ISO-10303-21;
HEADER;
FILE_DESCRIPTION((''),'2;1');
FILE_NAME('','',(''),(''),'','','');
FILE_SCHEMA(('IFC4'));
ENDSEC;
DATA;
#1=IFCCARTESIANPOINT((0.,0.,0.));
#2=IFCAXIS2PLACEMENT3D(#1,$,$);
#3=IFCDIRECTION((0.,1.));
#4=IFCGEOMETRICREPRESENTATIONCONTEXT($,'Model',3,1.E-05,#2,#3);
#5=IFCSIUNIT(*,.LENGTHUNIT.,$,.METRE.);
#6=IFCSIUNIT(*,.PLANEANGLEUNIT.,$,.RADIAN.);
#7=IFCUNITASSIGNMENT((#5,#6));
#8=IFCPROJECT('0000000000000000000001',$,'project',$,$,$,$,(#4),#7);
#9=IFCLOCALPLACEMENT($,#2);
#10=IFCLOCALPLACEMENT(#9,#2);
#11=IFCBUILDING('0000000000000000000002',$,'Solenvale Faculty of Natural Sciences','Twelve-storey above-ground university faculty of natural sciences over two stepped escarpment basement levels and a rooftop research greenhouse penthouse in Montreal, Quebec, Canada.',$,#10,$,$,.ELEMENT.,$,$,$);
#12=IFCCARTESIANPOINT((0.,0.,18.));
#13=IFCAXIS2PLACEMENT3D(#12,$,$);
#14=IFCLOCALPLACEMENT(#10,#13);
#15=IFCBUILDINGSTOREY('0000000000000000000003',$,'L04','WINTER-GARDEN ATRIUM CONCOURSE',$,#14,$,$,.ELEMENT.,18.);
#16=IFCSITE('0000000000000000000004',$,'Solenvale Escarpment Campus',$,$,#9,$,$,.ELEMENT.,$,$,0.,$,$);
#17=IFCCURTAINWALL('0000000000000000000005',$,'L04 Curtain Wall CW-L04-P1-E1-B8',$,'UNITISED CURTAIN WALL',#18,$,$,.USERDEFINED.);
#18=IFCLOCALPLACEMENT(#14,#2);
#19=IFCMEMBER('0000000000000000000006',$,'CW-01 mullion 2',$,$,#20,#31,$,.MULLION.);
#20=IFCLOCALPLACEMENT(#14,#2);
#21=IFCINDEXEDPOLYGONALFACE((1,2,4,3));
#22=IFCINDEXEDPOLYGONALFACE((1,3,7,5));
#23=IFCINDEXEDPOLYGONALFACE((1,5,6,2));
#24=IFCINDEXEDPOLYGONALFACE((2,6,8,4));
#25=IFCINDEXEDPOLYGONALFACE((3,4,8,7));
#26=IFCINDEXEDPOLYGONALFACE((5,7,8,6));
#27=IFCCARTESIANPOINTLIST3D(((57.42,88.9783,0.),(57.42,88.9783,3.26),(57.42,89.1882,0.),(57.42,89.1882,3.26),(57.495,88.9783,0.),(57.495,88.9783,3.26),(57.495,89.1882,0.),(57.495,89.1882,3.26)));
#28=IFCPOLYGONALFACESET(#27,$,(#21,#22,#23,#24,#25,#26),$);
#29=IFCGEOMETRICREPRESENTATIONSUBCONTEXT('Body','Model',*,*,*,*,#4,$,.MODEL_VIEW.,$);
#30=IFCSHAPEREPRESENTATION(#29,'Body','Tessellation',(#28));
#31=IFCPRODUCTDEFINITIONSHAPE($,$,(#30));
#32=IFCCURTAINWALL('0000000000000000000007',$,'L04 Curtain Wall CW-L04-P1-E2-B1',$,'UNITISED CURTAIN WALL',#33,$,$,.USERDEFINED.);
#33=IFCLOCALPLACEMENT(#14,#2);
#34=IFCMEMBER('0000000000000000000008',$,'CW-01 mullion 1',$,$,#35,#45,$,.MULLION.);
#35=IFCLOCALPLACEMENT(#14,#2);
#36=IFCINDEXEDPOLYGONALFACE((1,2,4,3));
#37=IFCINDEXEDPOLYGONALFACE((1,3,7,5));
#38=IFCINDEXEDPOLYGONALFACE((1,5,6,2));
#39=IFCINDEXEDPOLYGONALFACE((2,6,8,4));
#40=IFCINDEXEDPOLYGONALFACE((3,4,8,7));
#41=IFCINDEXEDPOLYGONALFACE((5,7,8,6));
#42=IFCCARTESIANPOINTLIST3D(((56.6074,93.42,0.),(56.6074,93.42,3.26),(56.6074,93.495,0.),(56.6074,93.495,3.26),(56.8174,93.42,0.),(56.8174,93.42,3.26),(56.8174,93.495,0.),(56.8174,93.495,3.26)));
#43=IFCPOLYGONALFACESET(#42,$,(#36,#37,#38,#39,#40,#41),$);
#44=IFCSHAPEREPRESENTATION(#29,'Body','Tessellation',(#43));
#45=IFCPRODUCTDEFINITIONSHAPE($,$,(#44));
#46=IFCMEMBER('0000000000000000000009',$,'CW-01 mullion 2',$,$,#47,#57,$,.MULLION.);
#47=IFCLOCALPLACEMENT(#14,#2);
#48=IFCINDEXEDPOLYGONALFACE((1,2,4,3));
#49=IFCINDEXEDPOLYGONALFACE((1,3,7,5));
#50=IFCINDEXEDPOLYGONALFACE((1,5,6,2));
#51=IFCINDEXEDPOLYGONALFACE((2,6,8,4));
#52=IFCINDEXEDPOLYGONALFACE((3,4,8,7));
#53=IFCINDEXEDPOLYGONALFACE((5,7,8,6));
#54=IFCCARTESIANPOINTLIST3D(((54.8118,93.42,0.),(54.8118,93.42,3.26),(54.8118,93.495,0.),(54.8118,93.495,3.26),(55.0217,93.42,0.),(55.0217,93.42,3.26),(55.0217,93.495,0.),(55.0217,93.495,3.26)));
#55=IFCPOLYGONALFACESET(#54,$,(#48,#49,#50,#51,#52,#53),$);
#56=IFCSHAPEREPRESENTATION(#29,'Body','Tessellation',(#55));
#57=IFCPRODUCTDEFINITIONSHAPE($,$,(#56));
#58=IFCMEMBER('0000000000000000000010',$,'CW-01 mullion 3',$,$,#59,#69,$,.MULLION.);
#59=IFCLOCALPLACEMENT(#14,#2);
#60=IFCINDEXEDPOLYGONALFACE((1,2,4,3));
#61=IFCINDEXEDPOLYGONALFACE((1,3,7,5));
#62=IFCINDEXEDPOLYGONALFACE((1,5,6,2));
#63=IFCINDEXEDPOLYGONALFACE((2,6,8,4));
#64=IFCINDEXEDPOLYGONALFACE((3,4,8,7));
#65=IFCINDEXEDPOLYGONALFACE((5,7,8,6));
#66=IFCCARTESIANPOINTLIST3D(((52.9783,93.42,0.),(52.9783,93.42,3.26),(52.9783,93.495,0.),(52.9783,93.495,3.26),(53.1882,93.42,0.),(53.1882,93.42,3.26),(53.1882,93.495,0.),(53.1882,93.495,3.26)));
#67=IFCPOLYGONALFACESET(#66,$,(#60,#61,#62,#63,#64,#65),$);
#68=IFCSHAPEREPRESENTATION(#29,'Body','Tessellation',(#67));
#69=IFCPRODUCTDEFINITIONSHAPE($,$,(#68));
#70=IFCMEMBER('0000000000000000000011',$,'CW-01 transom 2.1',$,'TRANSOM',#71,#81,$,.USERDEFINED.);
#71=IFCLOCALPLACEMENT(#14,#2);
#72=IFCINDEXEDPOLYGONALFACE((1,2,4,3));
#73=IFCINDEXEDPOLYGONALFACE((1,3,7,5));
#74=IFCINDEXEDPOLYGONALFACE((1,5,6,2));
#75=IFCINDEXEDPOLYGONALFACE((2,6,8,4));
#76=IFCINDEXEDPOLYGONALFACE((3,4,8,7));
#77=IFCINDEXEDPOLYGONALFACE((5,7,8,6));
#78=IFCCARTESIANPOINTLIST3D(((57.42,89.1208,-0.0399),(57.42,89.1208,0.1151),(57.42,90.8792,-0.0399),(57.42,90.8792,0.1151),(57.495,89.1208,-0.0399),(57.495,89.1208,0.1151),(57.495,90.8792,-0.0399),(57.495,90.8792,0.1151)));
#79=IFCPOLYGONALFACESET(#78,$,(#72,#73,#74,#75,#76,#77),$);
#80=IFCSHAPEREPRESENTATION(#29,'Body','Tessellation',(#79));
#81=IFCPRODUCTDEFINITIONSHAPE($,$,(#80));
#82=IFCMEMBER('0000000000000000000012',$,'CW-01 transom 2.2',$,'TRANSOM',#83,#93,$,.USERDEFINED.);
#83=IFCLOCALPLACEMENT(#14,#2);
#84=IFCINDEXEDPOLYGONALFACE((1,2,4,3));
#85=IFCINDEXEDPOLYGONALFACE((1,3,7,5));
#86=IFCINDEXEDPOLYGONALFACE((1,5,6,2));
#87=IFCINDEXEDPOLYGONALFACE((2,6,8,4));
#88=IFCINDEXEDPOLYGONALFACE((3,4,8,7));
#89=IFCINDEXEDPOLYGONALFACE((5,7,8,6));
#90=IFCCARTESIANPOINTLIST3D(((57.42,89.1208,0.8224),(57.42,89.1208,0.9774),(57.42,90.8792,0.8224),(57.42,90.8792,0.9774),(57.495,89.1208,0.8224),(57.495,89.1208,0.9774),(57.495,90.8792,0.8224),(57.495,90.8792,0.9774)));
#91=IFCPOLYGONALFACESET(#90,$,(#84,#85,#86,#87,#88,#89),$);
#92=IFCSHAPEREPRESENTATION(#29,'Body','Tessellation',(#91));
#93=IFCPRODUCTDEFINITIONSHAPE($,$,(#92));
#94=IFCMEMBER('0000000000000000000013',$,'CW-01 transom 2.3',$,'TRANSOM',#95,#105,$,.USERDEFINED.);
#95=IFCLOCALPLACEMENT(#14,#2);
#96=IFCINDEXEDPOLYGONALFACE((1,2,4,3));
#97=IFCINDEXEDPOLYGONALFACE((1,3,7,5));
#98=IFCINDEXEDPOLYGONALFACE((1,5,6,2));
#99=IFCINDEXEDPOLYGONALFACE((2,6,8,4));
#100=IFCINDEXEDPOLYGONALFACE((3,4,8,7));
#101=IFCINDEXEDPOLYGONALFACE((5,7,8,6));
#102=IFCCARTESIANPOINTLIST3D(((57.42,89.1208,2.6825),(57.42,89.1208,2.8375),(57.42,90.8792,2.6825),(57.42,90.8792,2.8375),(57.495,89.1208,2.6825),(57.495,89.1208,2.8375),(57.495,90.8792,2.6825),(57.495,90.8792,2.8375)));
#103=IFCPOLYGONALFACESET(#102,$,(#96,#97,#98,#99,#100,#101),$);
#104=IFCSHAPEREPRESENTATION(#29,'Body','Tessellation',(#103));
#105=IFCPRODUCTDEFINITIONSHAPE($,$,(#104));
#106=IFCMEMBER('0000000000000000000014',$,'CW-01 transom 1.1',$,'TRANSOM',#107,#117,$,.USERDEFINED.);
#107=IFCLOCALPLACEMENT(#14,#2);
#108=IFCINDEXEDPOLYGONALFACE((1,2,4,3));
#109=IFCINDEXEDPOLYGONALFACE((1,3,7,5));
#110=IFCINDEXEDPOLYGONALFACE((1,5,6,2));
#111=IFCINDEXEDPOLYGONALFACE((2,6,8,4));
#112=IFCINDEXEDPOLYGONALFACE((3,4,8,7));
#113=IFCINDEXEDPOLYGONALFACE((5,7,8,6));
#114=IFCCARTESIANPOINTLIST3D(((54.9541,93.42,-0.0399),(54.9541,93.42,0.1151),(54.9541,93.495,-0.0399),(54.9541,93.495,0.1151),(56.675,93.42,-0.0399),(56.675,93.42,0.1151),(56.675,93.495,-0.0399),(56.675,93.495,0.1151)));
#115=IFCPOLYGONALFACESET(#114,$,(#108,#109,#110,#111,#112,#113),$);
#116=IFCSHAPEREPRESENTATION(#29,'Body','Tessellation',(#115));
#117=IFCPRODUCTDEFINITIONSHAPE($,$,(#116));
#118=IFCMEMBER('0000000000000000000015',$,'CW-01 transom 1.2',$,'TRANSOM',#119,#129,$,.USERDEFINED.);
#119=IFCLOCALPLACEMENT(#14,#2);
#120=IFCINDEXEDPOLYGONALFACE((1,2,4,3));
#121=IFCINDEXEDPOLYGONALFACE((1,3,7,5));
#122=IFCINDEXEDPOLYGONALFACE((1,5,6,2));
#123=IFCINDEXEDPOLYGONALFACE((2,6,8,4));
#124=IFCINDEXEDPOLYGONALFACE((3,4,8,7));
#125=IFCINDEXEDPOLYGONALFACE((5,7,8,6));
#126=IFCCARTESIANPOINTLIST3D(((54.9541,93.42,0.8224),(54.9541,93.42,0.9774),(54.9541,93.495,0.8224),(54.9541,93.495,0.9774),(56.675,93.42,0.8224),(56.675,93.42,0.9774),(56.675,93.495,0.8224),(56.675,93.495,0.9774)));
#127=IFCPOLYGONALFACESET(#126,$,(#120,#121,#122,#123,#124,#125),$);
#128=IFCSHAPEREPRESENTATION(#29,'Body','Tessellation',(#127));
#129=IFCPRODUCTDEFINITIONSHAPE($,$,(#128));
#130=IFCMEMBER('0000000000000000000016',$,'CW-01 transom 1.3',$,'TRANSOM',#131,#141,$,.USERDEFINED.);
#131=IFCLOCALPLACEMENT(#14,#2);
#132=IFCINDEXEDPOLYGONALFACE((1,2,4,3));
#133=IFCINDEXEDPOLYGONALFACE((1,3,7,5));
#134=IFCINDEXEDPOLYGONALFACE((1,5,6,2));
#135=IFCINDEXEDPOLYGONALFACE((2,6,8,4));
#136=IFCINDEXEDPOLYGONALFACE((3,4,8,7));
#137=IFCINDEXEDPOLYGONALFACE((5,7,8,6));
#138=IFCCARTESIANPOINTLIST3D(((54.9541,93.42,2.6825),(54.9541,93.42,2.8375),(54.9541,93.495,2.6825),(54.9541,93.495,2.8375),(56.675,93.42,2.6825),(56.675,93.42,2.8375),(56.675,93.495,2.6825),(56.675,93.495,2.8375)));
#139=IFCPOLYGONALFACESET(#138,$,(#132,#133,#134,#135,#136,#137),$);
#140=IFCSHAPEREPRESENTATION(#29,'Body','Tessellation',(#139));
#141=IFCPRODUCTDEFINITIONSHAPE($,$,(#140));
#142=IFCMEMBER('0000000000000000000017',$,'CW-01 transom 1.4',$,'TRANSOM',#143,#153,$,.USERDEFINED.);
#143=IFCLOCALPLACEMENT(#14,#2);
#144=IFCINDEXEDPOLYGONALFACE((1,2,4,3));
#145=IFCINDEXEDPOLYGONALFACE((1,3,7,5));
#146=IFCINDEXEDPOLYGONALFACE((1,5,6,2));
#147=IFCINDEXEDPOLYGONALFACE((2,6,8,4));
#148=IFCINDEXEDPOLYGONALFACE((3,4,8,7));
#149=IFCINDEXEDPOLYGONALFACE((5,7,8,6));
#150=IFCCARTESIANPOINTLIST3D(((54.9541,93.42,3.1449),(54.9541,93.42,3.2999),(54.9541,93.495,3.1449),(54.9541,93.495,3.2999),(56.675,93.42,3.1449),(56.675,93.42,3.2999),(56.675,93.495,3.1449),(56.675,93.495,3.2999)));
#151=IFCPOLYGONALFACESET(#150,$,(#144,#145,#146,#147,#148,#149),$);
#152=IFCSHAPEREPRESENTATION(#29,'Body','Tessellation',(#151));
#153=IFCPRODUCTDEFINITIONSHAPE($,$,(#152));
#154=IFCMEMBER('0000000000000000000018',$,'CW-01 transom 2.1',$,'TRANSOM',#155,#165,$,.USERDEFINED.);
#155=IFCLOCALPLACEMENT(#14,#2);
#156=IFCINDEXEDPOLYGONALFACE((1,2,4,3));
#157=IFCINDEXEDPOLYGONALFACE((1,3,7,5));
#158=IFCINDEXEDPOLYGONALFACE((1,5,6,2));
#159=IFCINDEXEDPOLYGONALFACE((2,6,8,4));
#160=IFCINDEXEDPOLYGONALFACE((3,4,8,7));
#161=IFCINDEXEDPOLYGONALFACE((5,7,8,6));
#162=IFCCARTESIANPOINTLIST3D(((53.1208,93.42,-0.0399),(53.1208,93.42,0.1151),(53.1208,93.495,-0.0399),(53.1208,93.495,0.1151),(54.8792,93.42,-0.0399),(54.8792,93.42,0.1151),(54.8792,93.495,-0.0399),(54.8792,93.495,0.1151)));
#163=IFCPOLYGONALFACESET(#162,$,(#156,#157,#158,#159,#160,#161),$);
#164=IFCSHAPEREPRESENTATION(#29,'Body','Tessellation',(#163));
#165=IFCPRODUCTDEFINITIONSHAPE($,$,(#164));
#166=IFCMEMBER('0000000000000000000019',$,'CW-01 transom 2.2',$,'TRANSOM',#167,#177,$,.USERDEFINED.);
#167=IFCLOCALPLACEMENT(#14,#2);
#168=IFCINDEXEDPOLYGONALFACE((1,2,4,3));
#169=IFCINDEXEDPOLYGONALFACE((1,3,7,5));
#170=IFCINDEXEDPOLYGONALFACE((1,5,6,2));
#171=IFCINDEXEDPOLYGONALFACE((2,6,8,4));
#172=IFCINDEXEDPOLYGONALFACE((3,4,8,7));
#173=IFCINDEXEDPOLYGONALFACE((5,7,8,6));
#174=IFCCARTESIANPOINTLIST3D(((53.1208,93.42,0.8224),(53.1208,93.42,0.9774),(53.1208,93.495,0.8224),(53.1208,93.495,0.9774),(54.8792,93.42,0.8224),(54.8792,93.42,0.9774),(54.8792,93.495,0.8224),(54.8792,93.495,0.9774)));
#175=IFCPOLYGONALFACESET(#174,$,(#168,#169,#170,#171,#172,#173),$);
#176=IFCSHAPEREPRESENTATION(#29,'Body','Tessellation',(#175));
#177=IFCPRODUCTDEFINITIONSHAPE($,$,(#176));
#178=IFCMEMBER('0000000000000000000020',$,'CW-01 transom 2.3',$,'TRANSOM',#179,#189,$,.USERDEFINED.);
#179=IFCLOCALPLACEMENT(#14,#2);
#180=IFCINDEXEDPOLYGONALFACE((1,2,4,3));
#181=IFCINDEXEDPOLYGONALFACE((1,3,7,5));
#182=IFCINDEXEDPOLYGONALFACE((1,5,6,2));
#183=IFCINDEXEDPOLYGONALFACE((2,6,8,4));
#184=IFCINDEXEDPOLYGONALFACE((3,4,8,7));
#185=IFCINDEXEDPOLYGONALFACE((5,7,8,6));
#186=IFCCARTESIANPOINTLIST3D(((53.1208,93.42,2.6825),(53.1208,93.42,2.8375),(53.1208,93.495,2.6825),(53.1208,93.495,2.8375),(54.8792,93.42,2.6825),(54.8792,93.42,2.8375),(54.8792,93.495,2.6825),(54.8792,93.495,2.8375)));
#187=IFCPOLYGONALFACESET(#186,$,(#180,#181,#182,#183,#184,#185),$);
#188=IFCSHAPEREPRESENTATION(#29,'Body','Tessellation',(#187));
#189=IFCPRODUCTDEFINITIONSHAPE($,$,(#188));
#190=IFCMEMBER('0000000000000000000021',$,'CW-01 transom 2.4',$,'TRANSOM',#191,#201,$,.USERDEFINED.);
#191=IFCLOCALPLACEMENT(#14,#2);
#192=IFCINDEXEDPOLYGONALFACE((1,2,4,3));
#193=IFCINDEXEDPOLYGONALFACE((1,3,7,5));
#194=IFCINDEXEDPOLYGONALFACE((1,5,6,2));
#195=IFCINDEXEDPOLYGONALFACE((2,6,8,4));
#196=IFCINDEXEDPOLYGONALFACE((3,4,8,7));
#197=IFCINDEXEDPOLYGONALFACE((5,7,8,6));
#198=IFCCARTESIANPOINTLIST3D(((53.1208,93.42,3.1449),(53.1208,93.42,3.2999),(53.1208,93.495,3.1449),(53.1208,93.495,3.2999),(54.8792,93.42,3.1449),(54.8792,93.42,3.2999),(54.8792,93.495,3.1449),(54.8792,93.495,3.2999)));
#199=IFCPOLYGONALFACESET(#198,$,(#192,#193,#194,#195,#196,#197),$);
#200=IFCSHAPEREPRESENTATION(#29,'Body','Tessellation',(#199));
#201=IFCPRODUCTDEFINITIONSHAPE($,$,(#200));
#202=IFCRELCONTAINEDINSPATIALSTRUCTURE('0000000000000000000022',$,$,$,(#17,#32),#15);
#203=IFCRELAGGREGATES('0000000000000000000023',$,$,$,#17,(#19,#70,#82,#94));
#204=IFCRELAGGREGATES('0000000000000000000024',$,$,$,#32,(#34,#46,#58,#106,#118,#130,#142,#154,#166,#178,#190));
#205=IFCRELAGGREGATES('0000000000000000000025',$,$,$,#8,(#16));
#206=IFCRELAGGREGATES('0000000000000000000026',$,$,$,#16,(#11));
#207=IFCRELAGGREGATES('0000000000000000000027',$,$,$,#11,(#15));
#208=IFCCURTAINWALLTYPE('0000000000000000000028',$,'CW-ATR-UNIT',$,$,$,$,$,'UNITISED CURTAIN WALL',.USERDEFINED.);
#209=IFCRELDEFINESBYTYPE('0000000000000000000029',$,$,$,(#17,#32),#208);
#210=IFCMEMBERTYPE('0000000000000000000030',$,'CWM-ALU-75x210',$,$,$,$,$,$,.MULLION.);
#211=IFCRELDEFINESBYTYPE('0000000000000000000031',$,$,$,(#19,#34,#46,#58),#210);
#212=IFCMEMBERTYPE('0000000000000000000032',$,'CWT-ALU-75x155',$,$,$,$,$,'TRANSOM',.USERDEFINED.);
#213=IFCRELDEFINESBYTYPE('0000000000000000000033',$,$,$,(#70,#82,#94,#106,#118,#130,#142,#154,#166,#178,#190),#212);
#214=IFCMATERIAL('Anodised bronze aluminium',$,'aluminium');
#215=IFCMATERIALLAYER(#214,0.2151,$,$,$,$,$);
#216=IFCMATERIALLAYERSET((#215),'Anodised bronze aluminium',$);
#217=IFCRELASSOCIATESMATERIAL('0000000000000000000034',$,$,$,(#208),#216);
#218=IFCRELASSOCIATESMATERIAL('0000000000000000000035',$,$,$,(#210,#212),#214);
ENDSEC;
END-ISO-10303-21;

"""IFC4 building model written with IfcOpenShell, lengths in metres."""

from ifc_helpers import new_model, si_unit, direction, frame, origin, origin_2d, place, context, subcontext, project, spatial, rectangle, extrude, material, layer, layer_set, material_profile, profile_set, type_object, element, aggregate, save


model = new_model("IFC4")

# Units and contexts
model_context = context("Model", 3, precision=1e-05, world=origin(), true_north=direction((0.0, 1.0)))
body_context = subcontext(model_context, "Body", "Model", "MODEL_VIEW")
ifc_project = project(units=[si_unit("LENGTHUNIT", "METRE"), si_unit("PLANEANGLEUNIT", "RADIAN")], contexts=[model_context])

# Site, building, storey
site_placement = place(None, origin())
site = spatial("IfcSite", under=ifc_project, at=site_placement, Name="Solenvale Escarpment Campus", CompositionType="ELEMENT", RefElevation=0.0)
building_placement = place(site_placement, origin())
building = spatial("IfcBuilding", under=site, at=building_placement, Name="Solenvale Faculty of Natural Sciences", Description="Twelve-storey above-ground university faculty of natural sciences over two stepped escarpment basement levels and a rooftop research greenhouse penthouse in Montreal, Quebec, Canada.", CompositionType="ELEMENT")
storey_placement = place(building_placement, frame((0.0, 0.0, 18.0)))
storey = spatial("IfcBuildingStorey", under=building, at=storey_placement, Name="L04", Description="WINTER-GARDEN ATRIUM CONCOURSE", CompositionType="ELEMENT", Elevation=18.0)

# Curtain wall, member
ifc_material_1 = material(Name="Anodised bronze aluminium", Category="aluminium")
ifc_layer_1 = layer(ifc_material_1, 0.2151)
ifc_layer_set_1 = layer_set([ifc_layer_1], Name="Anodised bronze aluminium")
curtain_wall_type = type_object("IfcCurtainWallType", Name="CW-ATR-UNIT", ElementType="UNITISED CURTAIN WALL", PredefinedType="USERDEFINED", material=ifc_layer_set_1)
curtain_wall_1_placement = place(storey_placement, origin())
curtain_wall_1 = element("IfcCurtainWall", 1, at=curtain_wall_1_placement, inside=storey, type_object=curtain_wall_type, Name="L04 Curtain Wall CW-L04-P1-E1-B8", ObjectType="UNITISED CURTAIN WALL", PredefinedType="USERDEFINED")
ifc_material_profile_1 = material_profile(ifc_material_1, rectangle(XDim=0.075, YDim=0.21, at=origin_2d()), Name="ALU-MUL-75x210")
ifc_profile_set_1 = profile_set([ifc_material_profile_1], Name="Anodised bronze aluminium")
member_type_1 = type_object("IfcMemberType", Name="CWM-ALU-75x210", PredefinedType="MULLION", material=ifc_profile_set_1)
member_1_placement = place(storey_placement, frame((57.4575, 89.0833, 0.0), z_axis=(0.0, 0.0, 1.0), x_axis=(-1.0, 0.0, 0.0)))
member_1 = element("IfcMember", 2, at=member_1_placement, type_object=member_type_1, Name="CW-01 mullion 2", PredefinedType="MULLION", context=body_context, shape_type="SweptSolid", body=[
    extrude(rectangle(XDim=0.075, YDim=0.21, at=origin_2d()), origin(), (0.0, 0.0, 1.0), 3.26),
])

# Curtain wall, members
curtain_wall_2_placement = place(storey_placement, origin())
curtain_wall_2 = element("IfcCurtainWall", 3, at=curtain_wall_2_placement, inside=storey, type_object=curtain_wall_type, Name="L04 Curtain Wall CW-L04-P1-E2-B1", ObjectType="UNITISED CURTAIN WALL", PredefinedType="USERDEFINED")
member_2_placement = place(storey_placement, frame((56.7124, 93.4575, 0.0), z_axis=(0.0, 0.0, 1.0), x_axis=(0.0, -1.0, 0.0)))
member_2 = element("IfcMember", 4, at=member_2_placement, type_object=member_type_1, Name="CW-01 mullion 1", PredefinedType="MULLION", context=body_context, shape_type="SweptSolid", body=[
    extrude(rectangle(XDim=0.075, YDim=0.21, at=origin_2d()), origin(), (0.0, 0.0, 1.0), 3.26),
])
member_3_placement = place(storey_placement, frame((54.9167, 93.4575, 0.0), z_axis=(0.0, 0.0, 1.0), x_axis=(0.0, -1.0, 0.0)))
member_3 = element("IfcMember", 5, at=member_3_placement, type_object=member_type_1, Name="CW-01 mullion 2", PredefinedType="MULLION", context=body_context, shape_type="SweptSolid", body=[
    extrude(rectangle(XDim=0.075, YDim=0.21, at=origin_2d()), origin(), (0.0, 0.0, 1.0), 3.26),
])
member_4_placement = place(storey_placement, frame((53.0833, 93.4575, 0.0), z_axis=(0.0, 0.0, 1.0), x_axis=(0.0, -1.0, 0.0)))
member_4 = element("IfcMember", 6, at=member_4_placement, type_object=member_type_1, Name="CW-01 mullion 3", PredefinedType="MULLION", context=body_context, shape_type="SweptSolid", body=[
    extrude(rectangle(XDim=0.075, YDim=0.21, at=origin_2d()), origin(), (0.0, 0.0, 1.0), 3.26),
])

# Members
ifc_material_profile_2 = material_profile(ifc_material_1, rectangle(XDim=0.075, YDim=0.155, at=origin_2d()), Name="ALU-TRN-75x155")
ifc_profile_set_2 = profile_set([ifc_material_profile_2], Name="Anodised bronze aluminium")
member_type_2 = type_object("IfcMemberType", Name="CWT-ALU-75x155", ElementType="TRANSOM", PredefinedType="USERDEFINED", material=ifc_profile_set_2)
member_5_placement = place(storey_placement, frame((57.4575, 89.1208, 0.0376), z_axis=(0.0, 1.0, 0.0), x_axis=(-1.0, 0.0, 0.0)))
member_5 = element("IfcMember", 7, at=member_5_placement, type_object=member_type_2, Name="CW-01 transom 2.1", ObjectType="TRANSOM", PredefinedType="USERDEFINED", context=body_context, shape_type="SweptSolid", body=[
    extrude(rectangle(XDim=0.075, YDim=0.155, at=origin_2d()), origin(), (0.0, 0.0, 1.0), 1.7583),
])
member_6_placement = place(storey_placement, frame((57.4575, 89.1208, 0.8999), z_axis=(0.0, 1.0, 0.0), x_axis=(-1.0, 0.0, 0.0)))
member_6 = element("IfcMember", 8, at=member_6_placement, type_object=member_type_2, Name="CW-01 transom 2.2", ObjectType="TRANSOM", PredefinedType="USERDEFINED", context=body_context, shape_type="SweptSolid", body=[
    extrude(rectangle(XDim=0.075, YDim=0.155, at=origin_2d()), origin(), (0.0, 0.0, 1.0), 1.7583),
])
member_7_placement = place(storey_placement, frame((57.4575, 89.1208, 2.76), z_axis=(0.0, 1.0, 0.0), x_axis=(-1.0, 0.0, 0.0)))
member_7 = element("IfcMember", 9, at=member_7_placement, type_object=member_type_2, Name="CW-01 transom 2.3", ObjectType="TRANSOM", PredefinedType="USERDEFINED", context=body_context, shape_type="SweptSolid", body=[
    extrude(rectangle(XDim=0.075, YDim=0.155, at=origin_2d()), origin(), (0.0, 0.0, 1.0), 1.7583),
])
aggregate(curtain_wall_1, [member_1, member_5, member_6, member_7])
member_8_placement = place(storey_placement, frame((56.675, 93.4575, 0.0376), z_axis=(-1.0, 0.0, 0.0), x_axis=(0.0, -1.0, 0.0)))
member_8 = element("IfcMember", 10, at=member_8_placement, type_object=member_type_2, Name="CW-01 transom 1.1", ObjectType="TRANSOM", PredefinedType="USERDEFINED", context=body_context, shape_type="SweptSolid", body=[
    extrude(rectangle(XDim=0.075, YDim=0.155, at=origin_2d()), origin(), (0.0, 0.0, 1.0), 1.7209),
])
member_9_placement = place(storey_placement, frame((56.675, 93.4575, 0.8999), z_axis=(-1.0, 0.0, 0.0), x_axis=(0.0, -1.0, 0.0)))
member_9 = element("IfcMember", 11, at=member_9_placement, type_object=member_type_2, Name="CW-01 transom 1.2", ObjectType="TRANSOM", PredefinedType="USERDEFINED", context=body_context, shape_type="SweptSolid", body=[
    extrude(rectangle(XDim=0.075, YDim=0.155, at=origin_2d()), origin(), (0.0, 0.0, 1.0), 1.7209),
])
member_10_placement = place(storey_placement, frame((56.675, 93.4575, 2.76), z_axis=(-1.0, 0.0, 0.0), x_axis=(0.0, -1.0, 0.0)))
member_10 = element("IfcMember", 12, at=member_10_placement, type_object=member_type_2, Name="CW-01 transom 1.3", ObjectType="TRANSOM", PredefinedType="USERDEFINED", context=body_context, shape_type="SweptSolid", body=[
    extrude(rectangle(XDim=0.075, YDim=0.155, at=origin_2d()), origin(), (0.0, 0.0, 1.0), 1.7209),
])
member_11_placement = place(storey_placement, frame((56.675, 93.4575, 3.2224), z_axis=(-1.0, 0.0, 0.0), x_axis=(0.0, -1.0, 0.0)))
member_11 = element("IfcMember", 13, at=member_11_placement, type_object=member_type_2, Name="CW-01 transom 1.4", ObjectType="TRANSOM", PredefinedType="USERDEFINED", context=body_context, shape_type="SweptSolid", body=[
    extrude(rectangle(XDim=0.075, YDim=0.155, at=origin_2d()), origin(), (0.0, 0.0, 1.0), 1.7209),
])
member_12_placement = place(storey_placement, frame((54.8792, 93.4575, 0.0376), z_axis=(-1.0, 0.0, 0.0), x_axis=(0.0, -1.0, 0.0)))
member_12 = element("IfcMember", 14, at=member_12_placement, type_object=member_type_2, Name="CW-01 transom 2.1", ObjectType="TRANSOM", PredefinedType="USERDEFINED", context=body_context, shape_type="SweptSolid", body=[
    extrude(rectangle(XDim=0.075, YDim=0.155, at=origin_2d()), origin(), (0.0, 0.0, 1.0), 1.7583),
])
member_13_placement = place(storey_placement, frame((54.8792, 93.4575, 0.8999), z_axis=(-1.0, 0.0, 0.0), x_axis=(0.0, -1.0, 0.0)))
member_13 = element("IfcMember", 15, at=member_13_placement, type_object=member_type_2, Name="CW-01 transom 2.2", ObjectType="TRANSOM", PredefinedType="USERDEFINED", context=body_context, shape_type="SweptSolid", body=[
    extrude(rectangle(XDim=0.075, YDim=0.155, at=origin_2d()), origin(), (0.0, 0.0, 1.0), 1.7583),
])
member_14_placement = place(storey_placement, frame((54.8792, 93.4575, 2.76), z_axis=(-1.0, 0.0, 0.0), x_axis=(0.0, -1.0, 0.0)))
member_14 = element("IfcMember", 16, at=member_14_placement, type_object=member_type_2, Name="CW-01 transom 2.3", ObjectType="TRANSOM", PredefinedType="USERDEFINED", context=body_context, shape_type="SweptSolid", body=[
    extrude(rectangle(XDim=0.075, YDim=0.155, at=origin_2d()), origin(), (0.0, 0.0, 1.0), 1.7583),
])
member_15_placement = place(storey_placement, frame((54.8792, 93.4575, 3.2224), z_axis=(-1.0, 0.0, 0.0), x_axis=(0.0, -1.0, 0.0)))
member_15 = element("IfcMember", 17, at=member_15_placement, type_object=member_type_2, Name="CW-01 transom 2.4", ObjectType="TRANSOM", PredefinedType="USERDEFINED", context=body_context, shape_type="SweptSolid", body=[
    extrude(rectangle(XDim=0.075, YDim=0.155, at=origin_2d()), origin(), (0.0, 0.0, 1.0), 1.7583),
])

aggregate(curtain_wall_2, [member_2, member_3, member_4, member_8, member_9, member_10, member_11, member_12, member_13, member_14, member_15])

save(model, "model.ifc")
